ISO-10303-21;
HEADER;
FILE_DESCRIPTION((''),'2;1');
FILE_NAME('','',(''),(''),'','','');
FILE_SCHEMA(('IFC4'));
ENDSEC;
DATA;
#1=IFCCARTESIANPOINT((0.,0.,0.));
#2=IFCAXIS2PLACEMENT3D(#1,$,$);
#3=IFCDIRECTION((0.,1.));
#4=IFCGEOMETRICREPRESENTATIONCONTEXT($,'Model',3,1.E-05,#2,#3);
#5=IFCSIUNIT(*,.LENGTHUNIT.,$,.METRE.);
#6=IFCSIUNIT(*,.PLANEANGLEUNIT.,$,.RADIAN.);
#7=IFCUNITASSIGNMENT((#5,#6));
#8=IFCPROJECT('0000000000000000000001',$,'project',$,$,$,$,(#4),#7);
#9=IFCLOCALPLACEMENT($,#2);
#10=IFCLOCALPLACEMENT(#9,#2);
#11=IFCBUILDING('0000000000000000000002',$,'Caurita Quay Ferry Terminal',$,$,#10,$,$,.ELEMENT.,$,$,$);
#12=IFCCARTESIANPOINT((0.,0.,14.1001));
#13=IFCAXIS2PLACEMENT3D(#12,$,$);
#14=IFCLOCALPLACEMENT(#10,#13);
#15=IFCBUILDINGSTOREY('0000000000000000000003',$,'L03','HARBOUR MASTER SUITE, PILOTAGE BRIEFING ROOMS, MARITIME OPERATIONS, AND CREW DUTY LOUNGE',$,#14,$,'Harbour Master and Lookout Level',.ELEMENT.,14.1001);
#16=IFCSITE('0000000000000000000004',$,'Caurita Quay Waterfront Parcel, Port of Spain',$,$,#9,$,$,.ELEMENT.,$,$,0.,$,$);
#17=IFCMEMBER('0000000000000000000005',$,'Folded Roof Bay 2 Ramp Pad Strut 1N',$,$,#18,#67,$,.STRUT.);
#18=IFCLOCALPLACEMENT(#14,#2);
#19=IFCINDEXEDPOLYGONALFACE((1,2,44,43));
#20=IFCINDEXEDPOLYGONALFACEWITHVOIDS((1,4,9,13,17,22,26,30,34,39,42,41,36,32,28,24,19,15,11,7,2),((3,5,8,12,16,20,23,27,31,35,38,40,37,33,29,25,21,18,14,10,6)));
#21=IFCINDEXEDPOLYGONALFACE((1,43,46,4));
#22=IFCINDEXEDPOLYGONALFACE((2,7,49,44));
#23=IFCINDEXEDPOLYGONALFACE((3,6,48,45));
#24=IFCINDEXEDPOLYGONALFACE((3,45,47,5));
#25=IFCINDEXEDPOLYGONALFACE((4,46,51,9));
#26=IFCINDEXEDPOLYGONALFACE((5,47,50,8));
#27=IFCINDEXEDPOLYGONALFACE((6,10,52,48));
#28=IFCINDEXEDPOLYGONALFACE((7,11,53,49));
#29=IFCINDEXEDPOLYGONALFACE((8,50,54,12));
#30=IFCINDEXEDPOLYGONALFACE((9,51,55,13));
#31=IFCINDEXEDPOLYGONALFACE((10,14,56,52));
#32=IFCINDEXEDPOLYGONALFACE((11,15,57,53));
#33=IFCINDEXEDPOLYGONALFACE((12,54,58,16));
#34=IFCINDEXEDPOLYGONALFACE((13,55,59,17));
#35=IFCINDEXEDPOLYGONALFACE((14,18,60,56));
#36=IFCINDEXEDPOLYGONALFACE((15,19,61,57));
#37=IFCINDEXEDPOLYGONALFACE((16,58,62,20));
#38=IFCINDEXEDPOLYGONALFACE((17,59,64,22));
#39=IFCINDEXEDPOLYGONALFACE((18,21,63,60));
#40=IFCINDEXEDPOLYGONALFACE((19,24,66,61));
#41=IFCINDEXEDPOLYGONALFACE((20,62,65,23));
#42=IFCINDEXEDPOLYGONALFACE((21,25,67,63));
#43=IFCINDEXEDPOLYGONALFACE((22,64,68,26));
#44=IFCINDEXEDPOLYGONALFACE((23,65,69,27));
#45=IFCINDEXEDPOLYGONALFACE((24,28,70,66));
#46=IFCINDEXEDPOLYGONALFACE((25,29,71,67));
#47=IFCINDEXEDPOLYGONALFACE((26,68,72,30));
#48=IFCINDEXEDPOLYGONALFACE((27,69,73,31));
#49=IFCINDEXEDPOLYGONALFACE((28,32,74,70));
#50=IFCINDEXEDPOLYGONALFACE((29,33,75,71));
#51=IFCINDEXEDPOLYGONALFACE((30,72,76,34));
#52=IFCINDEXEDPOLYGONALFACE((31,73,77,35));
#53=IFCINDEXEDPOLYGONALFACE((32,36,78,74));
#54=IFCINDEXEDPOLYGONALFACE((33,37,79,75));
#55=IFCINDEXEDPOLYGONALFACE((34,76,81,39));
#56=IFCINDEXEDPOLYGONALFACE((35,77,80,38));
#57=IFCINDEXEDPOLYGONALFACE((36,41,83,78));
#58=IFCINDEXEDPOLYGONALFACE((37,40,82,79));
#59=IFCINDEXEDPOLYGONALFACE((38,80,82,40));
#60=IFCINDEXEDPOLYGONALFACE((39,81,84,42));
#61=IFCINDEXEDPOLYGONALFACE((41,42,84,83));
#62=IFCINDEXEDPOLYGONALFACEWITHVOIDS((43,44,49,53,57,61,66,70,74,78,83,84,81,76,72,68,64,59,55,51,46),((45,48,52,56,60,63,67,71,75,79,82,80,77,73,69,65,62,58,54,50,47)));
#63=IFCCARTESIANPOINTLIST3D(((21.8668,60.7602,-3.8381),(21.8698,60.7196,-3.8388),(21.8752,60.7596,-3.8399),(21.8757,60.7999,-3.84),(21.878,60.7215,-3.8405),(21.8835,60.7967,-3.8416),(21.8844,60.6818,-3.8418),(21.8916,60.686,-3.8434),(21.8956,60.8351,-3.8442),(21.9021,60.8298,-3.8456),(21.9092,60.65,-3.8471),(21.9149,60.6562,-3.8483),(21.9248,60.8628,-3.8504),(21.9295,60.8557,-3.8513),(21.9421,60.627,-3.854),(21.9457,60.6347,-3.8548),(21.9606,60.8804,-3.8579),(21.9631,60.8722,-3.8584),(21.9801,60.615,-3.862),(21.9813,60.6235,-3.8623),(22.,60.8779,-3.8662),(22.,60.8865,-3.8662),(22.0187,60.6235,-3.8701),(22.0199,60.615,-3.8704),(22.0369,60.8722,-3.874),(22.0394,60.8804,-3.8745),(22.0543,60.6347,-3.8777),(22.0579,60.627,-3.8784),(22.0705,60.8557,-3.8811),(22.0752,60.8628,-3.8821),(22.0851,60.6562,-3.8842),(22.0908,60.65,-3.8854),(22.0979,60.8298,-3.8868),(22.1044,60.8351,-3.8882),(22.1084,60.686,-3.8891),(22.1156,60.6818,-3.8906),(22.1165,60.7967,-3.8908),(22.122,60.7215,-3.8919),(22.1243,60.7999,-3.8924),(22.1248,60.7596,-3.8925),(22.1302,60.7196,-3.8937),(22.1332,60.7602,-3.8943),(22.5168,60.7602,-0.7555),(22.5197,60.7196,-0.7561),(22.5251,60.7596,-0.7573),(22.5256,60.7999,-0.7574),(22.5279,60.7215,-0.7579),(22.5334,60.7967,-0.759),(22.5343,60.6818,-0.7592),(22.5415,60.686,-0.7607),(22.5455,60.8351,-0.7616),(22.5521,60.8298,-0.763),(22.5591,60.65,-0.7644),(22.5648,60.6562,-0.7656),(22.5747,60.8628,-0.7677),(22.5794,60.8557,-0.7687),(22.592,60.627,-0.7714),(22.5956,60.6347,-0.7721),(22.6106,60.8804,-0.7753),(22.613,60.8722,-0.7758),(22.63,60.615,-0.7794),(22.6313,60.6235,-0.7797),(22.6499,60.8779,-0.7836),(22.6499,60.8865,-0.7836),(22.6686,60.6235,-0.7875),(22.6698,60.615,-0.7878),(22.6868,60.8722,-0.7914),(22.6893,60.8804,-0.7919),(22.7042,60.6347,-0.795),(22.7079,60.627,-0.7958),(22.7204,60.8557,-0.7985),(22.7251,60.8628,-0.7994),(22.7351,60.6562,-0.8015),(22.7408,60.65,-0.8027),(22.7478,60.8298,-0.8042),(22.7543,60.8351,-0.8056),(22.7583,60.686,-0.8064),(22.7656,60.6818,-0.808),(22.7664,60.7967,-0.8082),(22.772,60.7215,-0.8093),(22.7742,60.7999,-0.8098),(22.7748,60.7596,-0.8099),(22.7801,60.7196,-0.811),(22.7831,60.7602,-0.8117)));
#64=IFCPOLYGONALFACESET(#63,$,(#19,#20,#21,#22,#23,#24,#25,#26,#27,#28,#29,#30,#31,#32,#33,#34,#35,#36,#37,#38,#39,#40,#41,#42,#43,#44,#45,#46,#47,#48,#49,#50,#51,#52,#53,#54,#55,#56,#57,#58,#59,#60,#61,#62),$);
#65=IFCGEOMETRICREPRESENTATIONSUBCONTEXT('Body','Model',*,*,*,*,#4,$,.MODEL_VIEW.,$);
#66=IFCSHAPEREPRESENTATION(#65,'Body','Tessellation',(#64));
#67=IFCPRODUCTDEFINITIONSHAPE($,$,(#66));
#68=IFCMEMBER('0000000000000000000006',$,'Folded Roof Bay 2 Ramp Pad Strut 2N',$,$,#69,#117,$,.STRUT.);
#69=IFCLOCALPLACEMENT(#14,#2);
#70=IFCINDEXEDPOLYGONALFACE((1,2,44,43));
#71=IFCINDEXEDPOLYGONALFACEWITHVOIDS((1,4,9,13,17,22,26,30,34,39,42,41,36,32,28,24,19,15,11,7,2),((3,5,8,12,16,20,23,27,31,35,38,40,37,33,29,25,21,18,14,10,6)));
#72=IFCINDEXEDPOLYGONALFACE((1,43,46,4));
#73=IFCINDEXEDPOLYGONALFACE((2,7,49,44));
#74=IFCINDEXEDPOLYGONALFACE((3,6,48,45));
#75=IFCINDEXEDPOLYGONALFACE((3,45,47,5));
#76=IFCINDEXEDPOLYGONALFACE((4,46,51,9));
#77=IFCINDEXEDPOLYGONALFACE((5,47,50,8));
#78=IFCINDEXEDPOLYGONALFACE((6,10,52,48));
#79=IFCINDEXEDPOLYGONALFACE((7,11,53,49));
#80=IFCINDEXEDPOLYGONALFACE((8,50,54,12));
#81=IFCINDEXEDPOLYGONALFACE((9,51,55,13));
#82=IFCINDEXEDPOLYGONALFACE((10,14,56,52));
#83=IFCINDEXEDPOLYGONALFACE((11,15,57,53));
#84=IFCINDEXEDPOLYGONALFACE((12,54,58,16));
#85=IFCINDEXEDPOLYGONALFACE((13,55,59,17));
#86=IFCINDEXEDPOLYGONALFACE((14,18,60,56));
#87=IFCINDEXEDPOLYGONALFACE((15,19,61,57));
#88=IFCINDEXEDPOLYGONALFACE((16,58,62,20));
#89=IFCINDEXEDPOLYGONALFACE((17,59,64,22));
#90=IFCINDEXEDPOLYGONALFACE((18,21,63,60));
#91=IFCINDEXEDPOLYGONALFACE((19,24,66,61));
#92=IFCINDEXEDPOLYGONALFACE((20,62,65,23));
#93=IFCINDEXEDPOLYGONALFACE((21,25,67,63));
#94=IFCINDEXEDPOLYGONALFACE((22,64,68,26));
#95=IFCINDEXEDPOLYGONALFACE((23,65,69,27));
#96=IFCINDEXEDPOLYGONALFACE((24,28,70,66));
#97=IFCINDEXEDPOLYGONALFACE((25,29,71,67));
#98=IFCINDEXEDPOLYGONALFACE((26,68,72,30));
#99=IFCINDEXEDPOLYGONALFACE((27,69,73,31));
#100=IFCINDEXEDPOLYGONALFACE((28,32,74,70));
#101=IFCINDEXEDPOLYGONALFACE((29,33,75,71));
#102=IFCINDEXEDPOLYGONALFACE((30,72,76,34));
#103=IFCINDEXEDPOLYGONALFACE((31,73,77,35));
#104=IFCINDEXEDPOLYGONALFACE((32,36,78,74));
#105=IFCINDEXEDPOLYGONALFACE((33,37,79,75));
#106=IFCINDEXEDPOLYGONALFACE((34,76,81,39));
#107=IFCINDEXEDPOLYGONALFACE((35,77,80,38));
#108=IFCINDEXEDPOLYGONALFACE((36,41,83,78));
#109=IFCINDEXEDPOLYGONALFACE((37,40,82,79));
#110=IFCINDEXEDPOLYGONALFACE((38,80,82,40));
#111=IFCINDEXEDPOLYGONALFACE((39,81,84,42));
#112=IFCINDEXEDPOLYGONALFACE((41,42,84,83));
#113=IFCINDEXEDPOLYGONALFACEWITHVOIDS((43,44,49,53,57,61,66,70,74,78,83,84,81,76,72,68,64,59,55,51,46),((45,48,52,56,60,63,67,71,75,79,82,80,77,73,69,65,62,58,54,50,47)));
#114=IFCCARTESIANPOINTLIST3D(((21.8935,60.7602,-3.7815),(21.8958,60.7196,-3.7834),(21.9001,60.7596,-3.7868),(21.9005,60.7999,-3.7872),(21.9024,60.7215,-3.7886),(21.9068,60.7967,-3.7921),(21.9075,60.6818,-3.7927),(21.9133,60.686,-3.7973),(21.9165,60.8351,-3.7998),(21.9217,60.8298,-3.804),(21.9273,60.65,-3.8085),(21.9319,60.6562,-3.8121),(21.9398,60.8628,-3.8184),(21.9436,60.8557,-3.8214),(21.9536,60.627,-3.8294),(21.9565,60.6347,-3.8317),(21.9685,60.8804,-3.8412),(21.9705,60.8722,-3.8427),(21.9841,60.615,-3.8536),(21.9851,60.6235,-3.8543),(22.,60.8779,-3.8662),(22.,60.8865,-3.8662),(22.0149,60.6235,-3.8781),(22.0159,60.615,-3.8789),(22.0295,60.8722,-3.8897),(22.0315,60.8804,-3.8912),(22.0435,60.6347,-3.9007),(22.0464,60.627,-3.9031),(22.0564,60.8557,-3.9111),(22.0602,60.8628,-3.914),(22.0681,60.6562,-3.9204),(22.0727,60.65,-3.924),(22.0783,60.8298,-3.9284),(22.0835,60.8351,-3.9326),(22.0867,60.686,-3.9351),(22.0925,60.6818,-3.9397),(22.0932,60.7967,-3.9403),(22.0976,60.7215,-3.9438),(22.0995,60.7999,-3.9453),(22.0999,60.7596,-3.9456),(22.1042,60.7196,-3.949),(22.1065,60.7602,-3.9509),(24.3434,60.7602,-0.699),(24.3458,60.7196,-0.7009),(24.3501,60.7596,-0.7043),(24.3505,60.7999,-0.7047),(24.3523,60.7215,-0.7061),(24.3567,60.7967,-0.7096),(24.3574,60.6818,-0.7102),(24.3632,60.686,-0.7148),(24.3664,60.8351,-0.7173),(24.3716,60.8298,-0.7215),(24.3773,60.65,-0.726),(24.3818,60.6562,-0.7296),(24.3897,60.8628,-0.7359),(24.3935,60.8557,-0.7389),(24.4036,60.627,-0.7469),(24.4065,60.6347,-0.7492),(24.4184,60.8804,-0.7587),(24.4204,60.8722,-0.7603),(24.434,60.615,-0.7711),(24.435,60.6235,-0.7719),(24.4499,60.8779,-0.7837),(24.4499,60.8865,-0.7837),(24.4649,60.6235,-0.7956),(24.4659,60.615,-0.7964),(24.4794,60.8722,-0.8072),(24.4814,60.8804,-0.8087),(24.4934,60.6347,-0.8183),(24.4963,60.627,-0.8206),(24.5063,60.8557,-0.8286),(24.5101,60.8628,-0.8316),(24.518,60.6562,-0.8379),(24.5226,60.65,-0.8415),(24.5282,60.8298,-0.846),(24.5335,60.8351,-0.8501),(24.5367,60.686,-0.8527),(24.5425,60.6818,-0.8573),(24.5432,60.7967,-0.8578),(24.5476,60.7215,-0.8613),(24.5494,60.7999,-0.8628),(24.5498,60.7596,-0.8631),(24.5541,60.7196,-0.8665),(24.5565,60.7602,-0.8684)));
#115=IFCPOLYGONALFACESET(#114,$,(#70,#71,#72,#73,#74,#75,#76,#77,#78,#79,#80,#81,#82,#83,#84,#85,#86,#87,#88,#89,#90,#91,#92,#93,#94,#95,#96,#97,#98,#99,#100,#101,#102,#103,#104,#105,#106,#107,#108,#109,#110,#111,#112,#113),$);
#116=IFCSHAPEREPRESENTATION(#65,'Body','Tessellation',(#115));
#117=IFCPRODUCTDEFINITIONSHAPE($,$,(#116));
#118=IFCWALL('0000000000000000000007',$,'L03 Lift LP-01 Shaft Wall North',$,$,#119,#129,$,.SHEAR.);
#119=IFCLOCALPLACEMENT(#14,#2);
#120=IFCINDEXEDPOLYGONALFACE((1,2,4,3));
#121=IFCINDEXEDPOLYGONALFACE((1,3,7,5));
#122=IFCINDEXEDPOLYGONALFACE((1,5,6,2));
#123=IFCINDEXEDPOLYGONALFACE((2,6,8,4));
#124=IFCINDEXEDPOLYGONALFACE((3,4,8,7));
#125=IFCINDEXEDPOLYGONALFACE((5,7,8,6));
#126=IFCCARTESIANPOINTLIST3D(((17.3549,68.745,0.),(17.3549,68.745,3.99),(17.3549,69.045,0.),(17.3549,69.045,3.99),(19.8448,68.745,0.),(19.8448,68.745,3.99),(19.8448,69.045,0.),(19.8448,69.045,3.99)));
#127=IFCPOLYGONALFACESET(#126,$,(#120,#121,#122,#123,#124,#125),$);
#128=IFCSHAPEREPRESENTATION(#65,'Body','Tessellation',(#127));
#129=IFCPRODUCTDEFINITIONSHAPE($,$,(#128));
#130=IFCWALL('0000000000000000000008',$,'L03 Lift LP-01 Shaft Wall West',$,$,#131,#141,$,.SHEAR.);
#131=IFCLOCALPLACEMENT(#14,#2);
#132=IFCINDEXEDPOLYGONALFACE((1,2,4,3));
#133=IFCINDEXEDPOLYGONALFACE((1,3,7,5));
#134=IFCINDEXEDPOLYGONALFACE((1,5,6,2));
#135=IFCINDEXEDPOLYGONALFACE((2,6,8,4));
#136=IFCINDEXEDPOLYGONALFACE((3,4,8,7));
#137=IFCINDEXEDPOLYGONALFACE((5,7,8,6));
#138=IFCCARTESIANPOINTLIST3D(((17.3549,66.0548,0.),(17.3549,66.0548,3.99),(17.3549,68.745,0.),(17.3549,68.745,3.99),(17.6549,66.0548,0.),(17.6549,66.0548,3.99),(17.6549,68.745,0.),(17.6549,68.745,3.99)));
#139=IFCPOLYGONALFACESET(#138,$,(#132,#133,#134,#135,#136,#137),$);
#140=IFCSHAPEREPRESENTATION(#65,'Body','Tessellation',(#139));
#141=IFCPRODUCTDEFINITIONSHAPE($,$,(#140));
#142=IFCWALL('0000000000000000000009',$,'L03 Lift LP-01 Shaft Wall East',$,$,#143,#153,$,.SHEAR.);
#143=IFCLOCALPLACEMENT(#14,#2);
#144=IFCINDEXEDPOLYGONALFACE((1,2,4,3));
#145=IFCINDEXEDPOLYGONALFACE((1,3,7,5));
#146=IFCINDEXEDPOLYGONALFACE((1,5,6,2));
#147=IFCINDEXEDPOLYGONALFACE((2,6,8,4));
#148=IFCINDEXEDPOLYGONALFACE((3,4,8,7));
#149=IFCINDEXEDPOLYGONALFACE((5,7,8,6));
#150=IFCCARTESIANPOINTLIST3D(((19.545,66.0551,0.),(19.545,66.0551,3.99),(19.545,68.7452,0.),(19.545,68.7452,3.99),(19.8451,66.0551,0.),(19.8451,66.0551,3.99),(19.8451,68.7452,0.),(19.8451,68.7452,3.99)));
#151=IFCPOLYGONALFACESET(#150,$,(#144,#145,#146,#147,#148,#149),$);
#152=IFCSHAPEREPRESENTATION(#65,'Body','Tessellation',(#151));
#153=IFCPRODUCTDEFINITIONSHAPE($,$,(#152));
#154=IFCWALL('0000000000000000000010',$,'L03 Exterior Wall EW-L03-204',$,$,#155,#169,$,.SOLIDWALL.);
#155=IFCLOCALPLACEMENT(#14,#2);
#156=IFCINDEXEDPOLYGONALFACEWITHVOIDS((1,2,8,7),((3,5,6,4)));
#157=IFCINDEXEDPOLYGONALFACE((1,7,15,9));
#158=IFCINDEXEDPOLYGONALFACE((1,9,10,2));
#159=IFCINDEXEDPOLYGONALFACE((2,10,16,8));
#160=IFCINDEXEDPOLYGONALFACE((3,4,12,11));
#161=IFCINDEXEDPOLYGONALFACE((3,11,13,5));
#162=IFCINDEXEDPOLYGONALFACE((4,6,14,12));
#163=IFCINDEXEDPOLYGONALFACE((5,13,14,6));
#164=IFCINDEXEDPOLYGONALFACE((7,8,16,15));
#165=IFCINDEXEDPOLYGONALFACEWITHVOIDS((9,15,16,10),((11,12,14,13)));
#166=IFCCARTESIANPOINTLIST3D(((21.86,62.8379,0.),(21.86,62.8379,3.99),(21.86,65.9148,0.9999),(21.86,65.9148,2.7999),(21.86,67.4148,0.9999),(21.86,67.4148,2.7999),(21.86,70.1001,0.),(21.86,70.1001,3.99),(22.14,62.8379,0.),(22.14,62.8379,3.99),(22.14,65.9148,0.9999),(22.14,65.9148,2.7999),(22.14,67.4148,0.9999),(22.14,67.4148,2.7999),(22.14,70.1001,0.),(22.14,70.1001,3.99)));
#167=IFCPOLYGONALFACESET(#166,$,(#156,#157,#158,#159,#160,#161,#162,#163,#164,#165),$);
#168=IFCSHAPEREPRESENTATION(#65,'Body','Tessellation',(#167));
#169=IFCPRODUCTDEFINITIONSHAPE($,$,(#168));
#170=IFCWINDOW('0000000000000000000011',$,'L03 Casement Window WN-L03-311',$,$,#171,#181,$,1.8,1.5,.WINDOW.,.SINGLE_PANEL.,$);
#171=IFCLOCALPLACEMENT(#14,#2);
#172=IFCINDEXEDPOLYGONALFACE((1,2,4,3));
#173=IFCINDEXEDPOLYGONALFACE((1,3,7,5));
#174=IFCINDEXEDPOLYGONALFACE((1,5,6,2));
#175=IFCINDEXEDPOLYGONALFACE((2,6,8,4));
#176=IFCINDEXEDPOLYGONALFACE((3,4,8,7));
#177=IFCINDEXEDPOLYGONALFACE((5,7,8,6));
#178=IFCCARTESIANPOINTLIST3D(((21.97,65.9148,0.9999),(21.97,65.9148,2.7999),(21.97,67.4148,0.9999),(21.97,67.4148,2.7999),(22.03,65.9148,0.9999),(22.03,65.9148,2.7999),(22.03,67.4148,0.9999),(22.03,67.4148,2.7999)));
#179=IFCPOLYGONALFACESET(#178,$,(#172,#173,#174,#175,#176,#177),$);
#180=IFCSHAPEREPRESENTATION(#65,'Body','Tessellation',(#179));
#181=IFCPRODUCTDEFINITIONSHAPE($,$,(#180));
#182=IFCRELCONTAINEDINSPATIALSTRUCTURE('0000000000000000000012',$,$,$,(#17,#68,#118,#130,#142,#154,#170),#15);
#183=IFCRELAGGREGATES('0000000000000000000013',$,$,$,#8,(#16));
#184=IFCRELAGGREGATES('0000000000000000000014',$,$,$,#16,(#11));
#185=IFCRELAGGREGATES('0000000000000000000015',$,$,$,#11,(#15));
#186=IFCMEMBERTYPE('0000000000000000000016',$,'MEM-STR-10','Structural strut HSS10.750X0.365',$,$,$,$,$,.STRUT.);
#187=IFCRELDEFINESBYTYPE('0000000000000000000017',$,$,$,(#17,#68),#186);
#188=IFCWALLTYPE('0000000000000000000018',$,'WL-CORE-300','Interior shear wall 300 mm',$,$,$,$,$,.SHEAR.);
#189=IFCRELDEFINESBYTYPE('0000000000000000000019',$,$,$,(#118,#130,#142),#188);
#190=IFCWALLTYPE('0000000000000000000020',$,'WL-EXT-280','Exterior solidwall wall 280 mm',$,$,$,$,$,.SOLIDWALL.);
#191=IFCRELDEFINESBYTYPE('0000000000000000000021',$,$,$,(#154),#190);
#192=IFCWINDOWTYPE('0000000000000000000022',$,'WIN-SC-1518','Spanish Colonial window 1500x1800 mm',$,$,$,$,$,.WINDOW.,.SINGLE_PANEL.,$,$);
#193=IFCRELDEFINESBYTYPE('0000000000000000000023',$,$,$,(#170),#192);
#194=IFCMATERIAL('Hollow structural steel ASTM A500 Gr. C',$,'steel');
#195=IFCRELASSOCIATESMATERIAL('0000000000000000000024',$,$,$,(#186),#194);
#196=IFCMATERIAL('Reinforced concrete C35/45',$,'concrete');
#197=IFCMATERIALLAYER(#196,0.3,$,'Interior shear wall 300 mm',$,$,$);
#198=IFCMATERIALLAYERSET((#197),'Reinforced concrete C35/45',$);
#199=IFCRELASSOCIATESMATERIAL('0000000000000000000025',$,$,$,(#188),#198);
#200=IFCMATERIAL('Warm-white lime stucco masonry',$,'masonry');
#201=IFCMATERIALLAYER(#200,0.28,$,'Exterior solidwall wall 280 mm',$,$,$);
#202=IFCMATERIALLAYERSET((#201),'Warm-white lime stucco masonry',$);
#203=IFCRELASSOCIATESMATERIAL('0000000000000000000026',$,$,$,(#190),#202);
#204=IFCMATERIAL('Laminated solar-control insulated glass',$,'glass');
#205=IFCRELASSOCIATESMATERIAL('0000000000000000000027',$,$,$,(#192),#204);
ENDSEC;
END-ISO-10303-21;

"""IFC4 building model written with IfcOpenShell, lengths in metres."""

from ifc_helpers import new_model, si_unit, direction, frame, frame_2d, origin, origin_2d, place, context, subcontext, project, spatial, rectangle, hollow_circle, extrude, material, layer, layer_set, material_profile, profile_set, type_object, element, fill, save


model = new_model("IFC4")

# Units and contexts
model_context = context("Model", 3, precision=1e-05, world=origin(), true_north=direction((0.0, 1.0)))
body_context = subcontext(model_context, "Body", "Model", "MODEL_VIEW")
ifc_project = project(units=[si_unit("LENGTHUNIT", "METRE"), si_unit("PLANEANGLEUNIT", "RADIAN")], contexts=[model_context])

# Site, building, storey
site_placement = place(None, origin())
site = spatial("IfcSite", under=ifc_project, at=site_placement, Name="Caurita Quay Waterfront Parcel, Port of Spain", CompositionType="ELEMENT", RefElevation=0.0)
building_placement = place(site_placement, origin())
building = spatial("IfcBuilding", under=site, at=building_placement, Name="Caurita Quay Ferry Terminal", CompositionType="ELEMENT")
storey_placement = place(building_placement, frame((0.0, 0.0, 14.1001)))
storey = spatial("IfcBuildingStorey", under=building, at=storey_placement, Name="L03", Description="HARBOUR MASTER SUITE, PILOTAGE BRIEFING ROOMS, MARITIME OPERATIONS, AND CREW DUTY LOUNGE", LongName="Harbour Master and Lookout Level", CompositionType="ELEMENT", Elevation=14.1001)

# Shared definitions
ifc_material_1 = material(Name="Reinforced concrete C35/45", Category="concrete")

# Members
ifc_material_2 = material(Name="Hollow structural steel ASTM A500 Gr. C", Category="steel")
ifc_material_profile_1 = material_profile(ifc_material_2, hollow_circle(Radius=0.1365, WallThickness=0.0085, at=origin_2d()), Name="HSS10.750X0.365")
ifc_profile_set_1 = profile_set([ifc_material_profile_1], Name="Hollow structural steel ASTM A500 Gr. C")
member_type_1 = type_object("IfcMemberType", Name="MEM-STR-10", Description="Structural strut HSS10.750X0.365", PredefinedType="STRUT", material=ifc_profile_set_1)
member_1_placement = place(storey_placement, frame((22.0, 60.75, -3.8662), z_axis=(0.206299, 0.0, 0.978489), x_axis=(0.0, 1.0, 0.0)))
element("IfcMember", 1, at=member_1_placement, inside=storey, type_object=member_type_1, Name="Folded Roof Bay 2 Ramp Pad Strut 1N", PredefinedType="STRUT", context=body_context, shape_type="SweptSolid", body=[
    extrude(hollow_circle(Radius=0.1365, WallThickness=0.0085, at=origin_2d()), origin(), (0.0, 0.0, 1.0), 3.1504),
])
member_2_placement = place(storey_placement, frame((22.0, 60.75, -3.8662), z_axis=(0.622204, 0.0, 0.782855), x_axis=(0.0, 1.0, 0.0)))
element("IfcMember", 2, at=member_2_placement, inside=storey, type_object=member_type_1, Name="Folded Roof Bay 2 Ramp Pad Strut 2N", PredefinedType="STRUT", context=body_context, shape_type="SweptSolid", body=[
    extrude(hollow_circle(Radius=0.1365, WallThickness=0.0085, at=origin_2d()), origin(), (0.0, 0.0, 1.0), 3.9375),
])

# Shared definitions
ifc_layer_1 = layer(ifc_material_1, 0.3, Name="Interior shear wall 300 mm")
ifc_layer_set_1 = layer_set([ifc_layer_1], Name="Reinforced concrete C35/45")
wall_type_1 = type_object("IfcWallType", Name="WL-CORE-300", Description="Interior shear wall 300 mm", PredefinedType="SHEAR", material=ifc_layer_set_1)

# Walls
wall_1_placement = place(storey_placement, frame((19.845, 68.895, 0.0), z_axis=(0.0, 0.0, 1.0), x_axis=(-1.0, 0.0, 0.0)))
element("IfcWall", 3, at=wall_1_placement, inside=storey, type_object=wall_type_1, Name="L03 Lift LP-01 Shaft Wall North", PredefinedType="SHEAR", context=body_context, shape_type="SweptSolid", body=[
    extrude(rectangle(XDim=2.49, YDim=0.3, at=frame_2d((1.2451, 0.0))), origin(), (0.0, 0.0, 1.0), 3.99),
])
for number, where, z_axis, x_axis, name in (
    (4, (17.5049, 68.7451, 0.0), (0.0, 0.0, 1.0), (0.0, -1.0, 0.0), "L03 Lift LP-01 Shaft Wall West"),
    (5, (19.6951, 66.0549, 0.0), (0.0, 0.0, 1.0), (0.0, 1.0, 0.0), "L03 Lift LP-01 Shaft Wall East"),
):
    element("IfcWall", number, at=place(storey_placement, frame(where, z_axis=z_axis, x_axis=x_axis)), inside=storey, type_object=wall_type_1, Name=name, PredefinedType="SHEAR", context=body_context, shape_type="SweptSolid", body=[
        extrude(rectangle(XDim=2.6902, YDim=0.3, at=frame_2d((1.3452, 0.0))), origin(), (0.0, 0.0, 1.0), 3.99),
    ])

# Wall, opening, window
ifc_material_3 = material(Name="Warm-white lime stucco masonry", Category="masonry")
ifc_layer_2 = layer(ifc_material_3, 0.28, Name="Exterior solidwall wall 280 mm")
ifc_layer_set_2 = layer_set([ifc_layer_2], Name="Warm-white lime stucco masonry")
wall_type_2 = type_object("IfcWallType", Name="WL-EXT-280", Description="Exterior solidwall wall 280 mm", PredefinedType="SOLIDWALL", material=ifc_layer_set_2)
wall_2_placement = place(storey_placement, frame((22.0, 62.8379, 0.0), z_axis=(0.0, 0.0, 1.0), x_axis=(0.0, 1.0, 0.0)))
wall_2 = element("IfcWall", 6, at=wall_2_placement, inside=storey, type_object=wall_type_2, Name="L03 Exterior Wall EW-L03-204", PredefinedType="SOLIDWALL", context=body_context, shape_type="SweptSolid", body=[
    extrude(rectangle(XDim=7.2622, YDim=0.28, at=frame_2d((3.6311, 0.0))), origin(), (0.0, 0.0, 1.0), 3.99),
])
opening_1_placement = place(wall_2_placement, frame((3.0769, 0.0, 1.0)))
opening_1 = element("IfcOpeningElement", 7, at=opening_1_placement, cuts=wall_2, PredefinedType="OPENING", context=body_context, shape_type="SweptSolid", body=[
    extrude(rectangle(XDim=1.5, YDim=1.8, at=frame_2d((0.75, 0.8999))), frame((0.0, 0.1499, 0.0), z_axis=(0.0, -1.0, 0.0), x_axis=(1.0, 0.0, 0.0)), (0.0, 0.0, 1.0), 0.3),
])
ifc_material_4 = material(Name="Laminated solar-control insulated glass", Category="glass")
window_type = type_object("IfcWindowType", Name="WIN-SC-1518", Description="Spanish Colonial window 1500x1800 mm", PartitioningType="SINGLE_PANEL", PredefinedType="WINDOW", material=ifc_material_4)
window_placement = place(opening_1_placement, origin())
window = element("IfcWindow", 8, at=window_placement, inside=storey, type_object=window_type, Name="L03 Casement Window WN-L03-311", OverallHeight=1.8, OverallWidth=1.5, PartitioningType="SINGLE_PANEL", PredefinedType="WINDOW", context=body_context, shape_type="SweptSolid", body=[
    extrude(rectangle(XDim=1.5, YDim=1.8, at=frame_2d((0.75, 0.8999))), frame((0.0, 0.03, 0.0), z_axis=(0.0, -1.0, 0.0), x_axis=(1.0, 0.0, 0.0)), (0.0, 0.0, 1.0), 0.0601),
])
fill(opening_1, window)

save(model, "model.ifc")
